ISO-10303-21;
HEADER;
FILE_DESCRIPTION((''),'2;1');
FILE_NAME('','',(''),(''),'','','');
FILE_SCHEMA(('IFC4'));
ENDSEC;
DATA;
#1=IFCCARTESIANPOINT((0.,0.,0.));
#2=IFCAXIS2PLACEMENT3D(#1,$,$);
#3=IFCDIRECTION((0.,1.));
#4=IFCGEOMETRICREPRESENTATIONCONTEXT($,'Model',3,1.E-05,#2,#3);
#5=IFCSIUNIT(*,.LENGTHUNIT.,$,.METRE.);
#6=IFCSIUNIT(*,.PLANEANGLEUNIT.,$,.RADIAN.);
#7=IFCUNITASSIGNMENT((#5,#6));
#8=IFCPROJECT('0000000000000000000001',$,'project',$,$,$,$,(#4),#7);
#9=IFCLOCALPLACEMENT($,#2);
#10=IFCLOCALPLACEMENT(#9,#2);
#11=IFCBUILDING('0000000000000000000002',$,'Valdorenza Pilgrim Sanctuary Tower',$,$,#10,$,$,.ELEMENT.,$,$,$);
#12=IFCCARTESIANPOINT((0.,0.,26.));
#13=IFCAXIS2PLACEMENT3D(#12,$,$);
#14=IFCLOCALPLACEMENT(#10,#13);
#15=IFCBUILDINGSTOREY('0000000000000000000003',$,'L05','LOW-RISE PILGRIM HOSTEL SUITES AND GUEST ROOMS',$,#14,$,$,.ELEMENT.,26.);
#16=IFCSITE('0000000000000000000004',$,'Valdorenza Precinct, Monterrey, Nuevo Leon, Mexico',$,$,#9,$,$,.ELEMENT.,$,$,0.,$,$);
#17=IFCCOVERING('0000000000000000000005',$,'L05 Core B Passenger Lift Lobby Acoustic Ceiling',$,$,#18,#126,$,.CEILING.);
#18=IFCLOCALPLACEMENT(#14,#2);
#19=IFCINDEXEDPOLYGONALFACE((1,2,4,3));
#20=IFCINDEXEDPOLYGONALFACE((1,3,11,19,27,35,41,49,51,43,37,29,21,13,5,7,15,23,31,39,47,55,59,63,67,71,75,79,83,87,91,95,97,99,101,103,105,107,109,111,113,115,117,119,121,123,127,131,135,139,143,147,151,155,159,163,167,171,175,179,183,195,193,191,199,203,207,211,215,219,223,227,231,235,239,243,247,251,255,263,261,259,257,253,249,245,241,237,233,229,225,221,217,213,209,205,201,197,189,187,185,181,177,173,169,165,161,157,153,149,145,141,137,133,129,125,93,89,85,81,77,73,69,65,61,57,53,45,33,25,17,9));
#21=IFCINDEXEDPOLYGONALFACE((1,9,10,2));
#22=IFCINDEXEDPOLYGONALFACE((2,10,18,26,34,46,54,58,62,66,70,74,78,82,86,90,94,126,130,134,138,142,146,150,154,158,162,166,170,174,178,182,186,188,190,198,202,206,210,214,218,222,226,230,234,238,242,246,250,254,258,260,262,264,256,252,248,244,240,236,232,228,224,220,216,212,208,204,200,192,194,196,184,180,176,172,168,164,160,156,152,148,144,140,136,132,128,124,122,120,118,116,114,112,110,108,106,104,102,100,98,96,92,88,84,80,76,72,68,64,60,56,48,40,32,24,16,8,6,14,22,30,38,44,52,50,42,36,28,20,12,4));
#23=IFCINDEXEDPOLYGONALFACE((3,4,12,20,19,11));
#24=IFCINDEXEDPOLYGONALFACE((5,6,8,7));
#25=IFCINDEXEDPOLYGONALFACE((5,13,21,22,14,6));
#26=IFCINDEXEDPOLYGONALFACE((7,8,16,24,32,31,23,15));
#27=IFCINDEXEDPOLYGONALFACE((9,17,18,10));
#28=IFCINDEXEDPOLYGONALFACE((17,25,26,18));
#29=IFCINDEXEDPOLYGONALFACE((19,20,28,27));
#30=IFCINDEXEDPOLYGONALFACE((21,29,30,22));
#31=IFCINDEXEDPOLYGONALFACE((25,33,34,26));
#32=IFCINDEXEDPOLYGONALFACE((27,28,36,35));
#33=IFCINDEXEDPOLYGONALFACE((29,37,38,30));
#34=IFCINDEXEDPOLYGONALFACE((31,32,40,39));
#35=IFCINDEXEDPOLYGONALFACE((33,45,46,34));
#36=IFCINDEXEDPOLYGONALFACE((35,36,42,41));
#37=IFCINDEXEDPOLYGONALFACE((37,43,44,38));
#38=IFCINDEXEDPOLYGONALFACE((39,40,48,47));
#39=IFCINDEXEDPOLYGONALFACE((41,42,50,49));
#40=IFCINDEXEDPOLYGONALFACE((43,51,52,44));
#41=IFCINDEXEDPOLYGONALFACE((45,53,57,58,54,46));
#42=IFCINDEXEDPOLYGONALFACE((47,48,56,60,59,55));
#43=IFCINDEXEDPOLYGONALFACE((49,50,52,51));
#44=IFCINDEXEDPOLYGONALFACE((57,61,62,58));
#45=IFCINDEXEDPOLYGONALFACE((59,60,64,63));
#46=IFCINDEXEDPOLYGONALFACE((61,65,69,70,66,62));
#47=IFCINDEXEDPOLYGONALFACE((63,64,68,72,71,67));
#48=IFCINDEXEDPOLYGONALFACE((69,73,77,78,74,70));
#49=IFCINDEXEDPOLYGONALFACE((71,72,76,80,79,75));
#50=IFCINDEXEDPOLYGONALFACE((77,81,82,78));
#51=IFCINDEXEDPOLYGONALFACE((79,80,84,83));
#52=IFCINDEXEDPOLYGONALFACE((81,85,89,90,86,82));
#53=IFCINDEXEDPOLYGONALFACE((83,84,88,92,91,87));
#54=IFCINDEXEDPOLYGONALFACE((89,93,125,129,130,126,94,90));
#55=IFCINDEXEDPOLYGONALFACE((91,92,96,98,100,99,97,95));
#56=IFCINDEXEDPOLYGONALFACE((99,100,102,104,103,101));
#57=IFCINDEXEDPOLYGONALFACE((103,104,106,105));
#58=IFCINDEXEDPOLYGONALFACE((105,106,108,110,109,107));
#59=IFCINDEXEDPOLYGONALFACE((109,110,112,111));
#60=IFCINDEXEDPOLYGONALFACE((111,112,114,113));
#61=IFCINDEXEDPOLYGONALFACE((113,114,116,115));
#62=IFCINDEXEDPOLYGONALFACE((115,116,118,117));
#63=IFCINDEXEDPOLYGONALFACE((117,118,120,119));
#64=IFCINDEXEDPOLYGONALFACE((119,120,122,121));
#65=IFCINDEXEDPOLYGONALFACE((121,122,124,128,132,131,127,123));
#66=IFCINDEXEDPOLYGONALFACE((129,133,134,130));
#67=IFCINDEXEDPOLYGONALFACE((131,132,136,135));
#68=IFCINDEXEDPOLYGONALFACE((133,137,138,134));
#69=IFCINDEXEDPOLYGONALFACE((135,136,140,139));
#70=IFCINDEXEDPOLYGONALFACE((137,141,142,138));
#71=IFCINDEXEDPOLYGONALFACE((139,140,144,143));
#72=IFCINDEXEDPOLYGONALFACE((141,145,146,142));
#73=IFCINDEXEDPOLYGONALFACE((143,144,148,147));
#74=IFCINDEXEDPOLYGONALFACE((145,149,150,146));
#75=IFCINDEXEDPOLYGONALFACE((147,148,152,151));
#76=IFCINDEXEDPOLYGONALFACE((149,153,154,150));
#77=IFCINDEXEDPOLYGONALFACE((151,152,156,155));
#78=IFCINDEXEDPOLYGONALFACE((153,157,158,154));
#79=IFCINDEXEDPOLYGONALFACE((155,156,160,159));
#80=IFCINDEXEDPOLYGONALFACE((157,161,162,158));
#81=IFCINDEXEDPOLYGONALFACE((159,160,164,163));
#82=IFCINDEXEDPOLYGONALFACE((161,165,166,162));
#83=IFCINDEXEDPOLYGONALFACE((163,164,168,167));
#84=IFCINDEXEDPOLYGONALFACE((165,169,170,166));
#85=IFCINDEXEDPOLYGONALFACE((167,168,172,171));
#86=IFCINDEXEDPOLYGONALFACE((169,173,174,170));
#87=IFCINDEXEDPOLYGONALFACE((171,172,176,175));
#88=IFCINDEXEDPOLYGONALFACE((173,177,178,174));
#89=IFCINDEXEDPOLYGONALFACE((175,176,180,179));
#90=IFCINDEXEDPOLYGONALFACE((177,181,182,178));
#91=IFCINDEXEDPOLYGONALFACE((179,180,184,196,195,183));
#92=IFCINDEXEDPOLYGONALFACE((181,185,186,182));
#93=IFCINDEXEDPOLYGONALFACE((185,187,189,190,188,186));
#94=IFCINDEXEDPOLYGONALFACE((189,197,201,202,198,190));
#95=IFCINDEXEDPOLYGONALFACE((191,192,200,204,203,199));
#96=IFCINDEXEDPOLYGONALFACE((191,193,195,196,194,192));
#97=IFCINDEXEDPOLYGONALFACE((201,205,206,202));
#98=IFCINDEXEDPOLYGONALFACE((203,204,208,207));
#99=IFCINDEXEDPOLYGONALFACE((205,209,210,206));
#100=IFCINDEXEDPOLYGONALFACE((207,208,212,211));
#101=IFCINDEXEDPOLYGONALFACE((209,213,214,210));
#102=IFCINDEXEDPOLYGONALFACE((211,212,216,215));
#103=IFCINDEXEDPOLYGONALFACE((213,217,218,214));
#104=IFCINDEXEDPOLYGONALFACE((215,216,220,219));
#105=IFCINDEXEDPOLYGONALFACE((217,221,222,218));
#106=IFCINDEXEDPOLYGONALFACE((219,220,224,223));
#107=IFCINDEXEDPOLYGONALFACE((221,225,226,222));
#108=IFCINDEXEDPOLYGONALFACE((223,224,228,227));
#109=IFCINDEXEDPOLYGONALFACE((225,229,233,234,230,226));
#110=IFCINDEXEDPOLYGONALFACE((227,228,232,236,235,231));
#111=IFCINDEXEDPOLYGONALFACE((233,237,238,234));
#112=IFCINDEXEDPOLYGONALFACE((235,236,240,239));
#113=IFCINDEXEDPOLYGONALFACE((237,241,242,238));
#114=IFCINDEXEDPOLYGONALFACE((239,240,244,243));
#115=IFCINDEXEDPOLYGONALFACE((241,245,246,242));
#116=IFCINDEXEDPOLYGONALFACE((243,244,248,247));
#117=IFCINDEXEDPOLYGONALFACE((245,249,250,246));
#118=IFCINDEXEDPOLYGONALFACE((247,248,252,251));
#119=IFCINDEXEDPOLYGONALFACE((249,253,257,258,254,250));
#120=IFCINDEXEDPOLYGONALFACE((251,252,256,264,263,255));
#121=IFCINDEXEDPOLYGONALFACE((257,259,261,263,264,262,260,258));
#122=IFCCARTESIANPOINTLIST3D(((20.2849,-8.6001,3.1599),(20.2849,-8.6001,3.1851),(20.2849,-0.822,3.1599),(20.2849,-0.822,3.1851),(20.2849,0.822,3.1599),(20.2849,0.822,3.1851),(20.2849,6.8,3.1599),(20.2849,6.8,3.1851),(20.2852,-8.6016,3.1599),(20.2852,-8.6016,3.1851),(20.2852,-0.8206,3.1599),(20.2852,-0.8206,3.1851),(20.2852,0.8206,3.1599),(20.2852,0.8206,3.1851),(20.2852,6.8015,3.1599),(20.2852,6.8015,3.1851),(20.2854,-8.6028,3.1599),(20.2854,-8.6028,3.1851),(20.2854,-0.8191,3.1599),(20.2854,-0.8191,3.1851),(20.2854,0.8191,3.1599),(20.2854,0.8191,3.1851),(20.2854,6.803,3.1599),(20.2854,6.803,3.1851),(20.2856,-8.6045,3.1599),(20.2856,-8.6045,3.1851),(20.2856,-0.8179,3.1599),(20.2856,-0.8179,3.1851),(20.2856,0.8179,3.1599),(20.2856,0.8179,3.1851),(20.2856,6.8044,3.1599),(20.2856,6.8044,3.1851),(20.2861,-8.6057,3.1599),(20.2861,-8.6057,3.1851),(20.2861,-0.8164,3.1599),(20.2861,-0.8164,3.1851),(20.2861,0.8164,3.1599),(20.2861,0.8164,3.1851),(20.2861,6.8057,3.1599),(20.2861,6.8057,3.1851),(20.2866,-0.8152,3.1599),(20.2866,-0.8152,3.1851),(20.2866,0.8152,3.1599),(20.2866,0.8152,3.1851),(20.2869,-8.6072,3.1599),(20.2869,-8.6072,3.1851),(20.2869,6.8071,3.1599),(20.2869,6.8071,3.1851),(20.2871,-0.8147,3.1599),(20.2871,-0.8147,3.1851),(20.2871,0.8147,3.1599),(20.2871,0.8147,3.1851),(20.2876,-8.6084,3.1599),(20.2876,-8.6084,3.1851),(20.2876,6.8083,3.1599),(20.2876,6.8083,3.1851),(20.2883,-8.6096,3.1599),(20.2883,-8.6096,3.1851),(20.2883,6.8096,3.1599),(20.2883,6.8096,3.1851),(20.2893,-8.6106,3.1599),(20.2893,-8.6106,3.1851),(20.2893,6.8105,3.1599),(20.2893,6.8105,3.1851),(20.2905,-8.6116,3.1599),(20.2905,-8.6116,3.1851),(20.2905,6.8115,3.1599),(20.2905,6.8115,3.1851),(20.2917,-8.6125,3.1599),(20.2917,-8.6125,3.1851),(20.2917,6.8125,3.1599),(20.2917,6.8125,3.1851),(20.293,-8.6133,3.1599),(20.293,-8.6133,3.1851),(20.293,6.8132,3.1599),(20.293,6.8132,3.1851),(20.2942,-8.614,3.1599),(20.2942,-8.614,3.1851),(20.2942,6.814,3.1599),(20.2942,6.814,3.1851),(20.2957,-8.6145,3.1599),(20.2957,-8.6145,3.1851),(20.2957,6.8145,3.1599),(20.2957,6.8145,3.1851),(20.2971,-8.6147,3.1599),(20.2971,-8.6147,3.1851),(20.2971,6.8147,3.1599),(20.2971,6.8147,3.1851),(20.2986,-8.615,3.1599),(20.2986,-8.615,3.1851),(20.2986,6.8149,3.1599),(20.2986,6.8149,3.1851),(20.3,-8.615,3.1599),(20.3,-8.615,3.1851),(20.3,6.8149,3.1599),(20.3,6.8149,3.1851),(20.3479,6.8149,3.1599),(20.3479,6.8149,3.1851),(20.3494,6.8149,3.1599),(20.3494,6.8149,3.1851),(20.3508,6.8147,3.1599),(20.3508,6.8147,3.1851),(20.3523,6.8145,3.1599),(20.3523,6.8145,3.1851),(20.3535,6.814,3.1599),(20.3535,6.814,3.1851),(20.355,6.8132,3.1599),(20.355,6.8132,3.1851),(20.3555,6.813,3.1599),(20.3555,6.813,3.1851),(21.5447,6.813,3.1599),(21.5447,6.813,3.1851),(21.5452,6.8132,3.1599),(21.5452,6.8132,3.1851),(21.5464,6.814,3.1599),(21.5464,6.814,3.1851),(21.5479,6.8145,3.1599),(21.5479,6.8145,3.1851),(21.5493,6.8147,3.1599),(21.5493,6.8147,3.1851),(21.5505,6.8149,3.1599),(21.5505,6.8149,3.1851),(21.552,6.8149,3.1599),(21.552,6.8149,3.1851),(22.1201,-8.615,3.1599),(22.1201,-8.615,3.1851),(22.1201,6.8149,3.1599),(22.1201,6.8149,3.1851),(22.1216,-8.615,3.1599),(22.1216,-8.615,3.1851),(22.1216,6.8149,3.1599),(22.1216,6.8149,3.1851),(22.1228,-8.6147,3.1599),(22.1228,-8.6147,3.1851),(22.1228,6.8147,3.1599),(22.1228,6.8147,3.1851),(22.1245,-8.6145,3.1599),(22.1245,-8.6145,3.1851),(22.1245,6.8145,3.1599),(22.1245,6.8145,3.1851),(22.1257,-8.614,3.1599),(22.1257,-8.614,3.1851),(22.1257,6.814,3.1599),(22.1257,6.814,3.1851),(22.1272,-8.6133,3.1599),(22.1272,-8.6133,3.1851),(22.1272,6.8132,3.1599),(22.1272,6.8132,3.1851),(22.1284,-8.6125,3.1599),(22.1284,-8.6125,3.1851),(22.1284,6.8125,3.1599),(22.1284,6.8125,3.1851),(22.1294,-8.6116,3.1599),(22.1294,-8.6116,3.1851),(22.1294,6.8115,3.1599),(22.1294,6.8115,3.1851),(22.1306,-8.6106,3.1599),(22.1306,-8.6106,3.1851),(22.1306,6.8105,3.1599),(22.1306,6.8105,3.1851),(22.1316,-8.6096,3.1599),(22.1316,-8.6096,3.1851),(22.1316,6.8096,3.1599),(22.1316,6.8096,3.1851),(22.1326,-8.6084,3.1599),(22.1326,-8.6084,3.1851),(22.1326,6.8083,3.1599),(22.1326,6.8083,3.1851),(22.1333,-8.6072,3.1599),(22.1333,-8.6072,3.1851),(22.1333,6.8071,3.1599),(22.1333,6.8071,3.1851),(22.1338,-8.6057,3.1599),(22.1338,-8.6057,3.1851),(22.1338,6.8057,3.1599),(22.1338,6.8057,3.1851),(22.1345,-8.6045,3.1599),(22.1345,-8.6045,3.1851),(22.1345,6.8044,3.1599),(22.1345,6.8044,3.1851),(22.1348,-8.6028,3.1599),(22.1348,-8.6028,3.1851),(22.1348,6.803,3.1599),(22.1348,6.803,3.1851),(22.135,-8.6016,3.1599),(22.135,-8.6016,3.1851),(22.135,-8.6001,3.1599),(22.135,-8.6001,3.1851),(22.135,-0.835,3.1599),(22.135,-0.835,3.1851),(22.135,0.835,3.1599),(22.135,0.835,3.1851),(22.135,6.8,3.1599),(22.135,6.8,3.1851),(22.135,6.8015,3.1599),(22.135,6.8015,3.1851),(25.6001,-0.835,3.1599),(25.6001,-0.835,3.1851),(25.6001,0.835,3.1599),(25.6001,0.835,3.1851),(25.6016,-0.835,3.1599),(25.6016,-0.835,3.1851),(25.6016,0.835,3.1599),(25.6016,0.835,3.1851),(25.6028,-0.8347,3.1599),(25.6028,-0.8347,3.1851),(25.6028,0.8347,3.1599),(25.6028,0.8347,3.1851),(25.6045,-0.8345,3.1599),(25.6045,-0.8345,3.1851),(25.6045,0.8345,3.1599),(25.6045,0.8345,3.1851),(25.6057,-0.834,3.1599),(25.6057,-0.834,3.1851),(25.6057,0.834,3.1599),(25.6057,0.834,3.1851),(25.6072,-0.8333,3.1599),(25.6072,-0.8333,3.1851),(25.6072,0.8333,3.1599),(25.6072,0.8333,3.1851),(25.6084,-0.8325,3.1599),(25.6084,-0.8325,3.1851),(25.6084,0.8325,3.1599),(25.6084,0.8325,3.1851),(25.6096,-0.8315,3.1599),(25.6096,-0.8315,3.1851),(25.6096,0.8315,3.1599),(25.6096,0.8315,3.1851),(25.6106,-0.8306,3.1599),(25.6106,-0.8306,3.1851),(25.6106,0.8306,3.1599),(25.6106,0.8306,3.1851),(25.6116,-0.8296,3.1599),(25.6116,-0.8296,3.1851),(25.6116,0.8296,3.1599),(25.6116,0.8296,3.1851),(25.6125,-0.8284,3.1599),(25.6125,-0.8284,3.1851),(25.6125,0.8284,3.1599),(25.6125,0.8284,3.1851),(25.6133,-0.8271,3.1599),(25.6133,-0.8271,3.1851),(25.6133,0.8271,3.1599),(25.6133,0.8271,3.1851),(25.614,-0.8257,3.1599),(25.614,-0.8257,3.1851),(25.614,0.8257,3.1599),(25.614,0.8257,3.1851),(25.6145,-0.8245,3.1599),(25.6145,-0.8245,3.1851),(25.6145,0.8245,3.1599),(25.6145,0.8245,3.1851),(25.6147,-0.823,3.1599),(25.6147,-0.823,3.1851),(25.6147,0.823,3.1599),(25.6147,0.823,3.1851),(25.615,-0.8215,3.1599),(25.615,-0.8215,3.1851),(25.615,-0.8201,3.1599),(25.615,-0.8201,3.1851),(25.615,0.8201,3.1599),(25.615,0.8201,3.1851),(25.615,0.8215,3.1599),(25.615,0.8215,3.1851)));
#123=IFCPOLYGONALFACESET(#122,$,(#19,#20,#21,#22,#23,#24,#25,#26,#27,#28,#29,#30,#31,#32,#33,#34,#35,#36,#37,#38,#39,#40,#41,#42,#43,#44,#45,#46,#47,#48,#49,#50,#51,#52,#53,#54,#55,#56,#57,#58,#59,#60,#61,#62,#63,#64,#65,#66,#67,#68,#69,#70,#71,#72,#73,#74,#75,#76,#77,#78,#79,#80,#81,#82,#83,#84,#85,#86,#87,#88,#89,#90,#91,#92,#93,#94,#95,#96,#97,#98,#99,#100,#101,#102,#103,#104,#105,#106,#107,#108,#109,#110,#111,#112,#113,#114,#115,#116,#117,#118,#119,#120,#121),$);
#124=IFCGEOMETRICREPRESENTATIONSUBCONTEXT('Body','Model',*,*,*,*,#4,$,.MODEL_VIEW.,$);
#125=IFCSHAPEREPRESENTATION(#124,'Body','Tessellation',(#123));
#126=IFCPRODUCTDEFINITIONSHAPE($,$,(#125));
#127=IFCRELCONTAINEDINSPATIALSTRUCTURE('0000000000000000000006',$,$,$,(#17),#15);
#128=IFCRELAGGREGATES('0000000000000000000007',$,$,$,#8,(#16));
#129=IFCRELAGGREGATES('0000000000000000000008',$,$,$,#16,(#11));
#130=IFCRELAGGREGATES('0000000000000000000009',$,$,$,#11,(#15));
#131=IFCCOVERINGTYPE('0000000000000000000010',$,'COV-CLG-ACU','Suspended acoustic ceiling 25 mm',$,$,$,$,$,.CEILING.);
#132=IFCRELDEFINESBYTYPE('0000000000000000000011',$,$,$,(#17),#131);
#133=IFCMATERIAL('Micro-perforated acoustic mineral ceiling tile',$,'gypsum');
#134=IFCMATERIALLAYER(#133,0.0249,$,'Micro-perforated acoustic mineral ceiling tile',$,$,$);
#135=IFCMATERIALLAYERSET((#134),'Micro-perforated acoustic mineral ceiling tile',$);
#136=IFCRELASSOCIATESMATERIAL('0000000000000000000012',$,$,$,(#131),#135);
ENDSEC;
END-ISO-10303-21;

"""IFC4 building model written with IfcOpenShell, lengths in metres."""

from ifc_helpers import new_model, si_unit, direction, frame, origin, place, context, subcontext, project, spatial, polyline, outline, extrude, material, layer, layer_set, type_object, element, save


model = new_model("IFC4")

# Units and contexts
model_context = context("Model", 3, precision=1e-05, world=origin(), true_north=direction((0.0, 1.0)))
body_context = subcontext(model_context, "Body", "Model", "MODEL_VIEW")
ifc_project = project(units=[si_unit("LENGTHUNIT", "METRE"), si_unit("PLANEANGLEUNIT", "RADIAN")], contexts=[model_context])

# Site, building, storey
site_placement = place(None, origin())
site = spatial("IfcSite", under=ifc_project, at=site_placement, Name="Valdorenza Precinct, Monterrey, Nuevo Leon, Mexico", CompositionType="ELEMENT", RefElevation=0.0)
building_placement = place(site_placement, origin())
building = spatial("IfcBuilding", under=site, at=building_placement, Name="Valdorenza Pilgrim Sanctuary Tower", CompositionType="ELEMENT")
storey_placement = place(building_placement, frame((0.0, 0.0, 26.0)))
storey = spatial("IfcBuildingStorey", under=building, at=storey_placement, Name="L05", Description="LOW-RISE PILGRIM HOSTEL SUITES AND GUEST ROOMS", CompositionType="ELEMENT", Elevation=26.0)

# Covering
ifc_material_1 = material(Name="Micro-perforated acoustic mineral ceiling tile", Category="gypsum")
ifc_layer_1 = layer(ifc_material_1, 0.0249, Name="Micro-perforated acoustic mineral ceiling tile")
ifc_layer_set_1 = layer_set([ifc_layer_1], Name="Micro-perforated acoustic mineral ceiling tile")
covering_type_1 = type_object("IfcCoveringType", Name="COV-CLG-ACU", Description="Suspended acoustic ceiling 25 mm", PredefinedType="CEILING", material=ifc_layer_set_1)
covering_1_placement = place(storey_placement, frame((0.0, 0.0, 3.1599)))
element("IfcCovering", 1, at=covering_1_placement, inside=storey, type_object=covering_type_1, Name="L05 Core B Passenger Lift Lobby Acoustic Ceiling", PredefinedType="CEILING", context=body_context, shape_type="SweptSolid", body=[
    extrude(outline(polyline([(20.2871, -0.8147), (20.2871, 0.8147), (20.2866, 0.8152), (20.2861, 0.8164), (20.2856, 0.8179), (20.2854, 0.8191), (20.2852, 0.8206), (20.2849, 0.822), (20.2849, 6.8), (20.2852, 6.8015), (20.2854, 6.803), (20.2856, 6.8044), (20.2861, 6.8057), (20.2869, 6.8071), (20.2876, 6.8083), (20.2883, 6.8096), (20.2893, 6.8105), (20.2905, 6.8115), (20.2917, 6.8125), (20.293, 6.8132), (20.2942, 6.814), (20.2957, 6.8145), (20.2971, 6.8147), (20.2986, 6.8149), (20.3, 6.8149), (20.3479, 6.8149), (20.3494, 6.8149), (20.3508, 6.8147), (20.3523, 6.8145), (20.3535, 6.814), (20.355, 6.8132), (20.3555, 6.813), (21.5447, 6.813), (21.5452, 6.8132), (21.5464, 6.814), (21.5479, 6.8145), (21.5493, 6.8147), (21.5505, 6.8149), (21.552, 6.8149), (22.1201, 6.8149), (22.1216, 6.8149), (22.1228, 6.8147), (22.1245, 6.8145), (22.1257, 6.814), (22.1272, 6.8132), (22.1284, 6.8125), (22.1294, 6.8115), (22.1306, 6.8105), (22.1316, 6.8096), (22.1326, 6.8083), (22.1333, 6.8071), (22.1338, 6.8057), (22.1345, 6.8044), (22.1348, 6.803), (22.135, 6.8015), (22.135, 6.8), (22.135, 0.835), (25.6001, 0.835), (25.6016, 0.835), (25.6028, 0.8347), (25.6045, 0.8345), (25.6057, 0.834), (25.6072, 0.8333), (25.6084, 0.8325), (25.6096, 0.8315), (25.6106, 0.8306), (25.6116, 0.8296), (25.6125, 0.8284), (25.6133, 0.8271), (25.614, 0.8257), (25.6145, 0.8245), (25.6147, 0.823), (25.615, 0.8215), (25.615, 0.8201), (25.615, -0.8201), (25.615, -0.8215), (25.6147, -0.823), (25.6145, -0.8245), (25.614, -0.8257), (25.6133, -0.8271), (25.6125, -0.8284), (25.6116, -0.8296), (25.6106, -0.8306), (25.6096, -0.8315), (25.6084, -0.8325), (25.6072, -0.8333), (25.6057, -0.834), (25.6045, -0.8345), (25.6028, -0.8347), (25.6016, -0.835), (25.6001, -0.835), (22.135, -0.835), (22.135, -8.6001), (22.135, -8.6016), (22.1348, -8.6028), (22.1345, -8.6045), (22.1338, -8.6057), (22.1333, -8.6072), (22.1326, -8.6084), (22.1316, -8.6096), (22.1306, -8.6106), (22.1294, -8.6116), (22.1284, -8.6125), (22.1272, -8.6133), (22.1257, -8.614), (22.1245, -8.6145), (22.1228, -8.6147), (22.1216, -8.615), (22.1201, -8.615), (20.3, -8.615), (20.2986, -8.615), (20.2971, -8.6147), (20.2957, -8.6145), (20.2942, -8.614), (20.293, -8.6133), (20.2917, -8.6125), (20.2905, -8.6116), (20.2893, -8.6106), (20.2883, -8.6096), (20.2876, -8.6084), (20.2869, -8.6072), (20.2861, -8.6057), (20.2856, -8.6045), (20.2854, -8.6028), (20.2852, -8.6016), (20.2849, -8.6001), (20.2849, -0.822), (20.2852, -0.8206), (20.2854, -0.8191), (20.2856, -0.8179), (20.2861, -0.8164), (20.2866, -0.8152), (20.2871, -0.8147)])), origin(), (0.0, 0.0, 1.0), 0.0251),
])

save(model, "model.ifc")
